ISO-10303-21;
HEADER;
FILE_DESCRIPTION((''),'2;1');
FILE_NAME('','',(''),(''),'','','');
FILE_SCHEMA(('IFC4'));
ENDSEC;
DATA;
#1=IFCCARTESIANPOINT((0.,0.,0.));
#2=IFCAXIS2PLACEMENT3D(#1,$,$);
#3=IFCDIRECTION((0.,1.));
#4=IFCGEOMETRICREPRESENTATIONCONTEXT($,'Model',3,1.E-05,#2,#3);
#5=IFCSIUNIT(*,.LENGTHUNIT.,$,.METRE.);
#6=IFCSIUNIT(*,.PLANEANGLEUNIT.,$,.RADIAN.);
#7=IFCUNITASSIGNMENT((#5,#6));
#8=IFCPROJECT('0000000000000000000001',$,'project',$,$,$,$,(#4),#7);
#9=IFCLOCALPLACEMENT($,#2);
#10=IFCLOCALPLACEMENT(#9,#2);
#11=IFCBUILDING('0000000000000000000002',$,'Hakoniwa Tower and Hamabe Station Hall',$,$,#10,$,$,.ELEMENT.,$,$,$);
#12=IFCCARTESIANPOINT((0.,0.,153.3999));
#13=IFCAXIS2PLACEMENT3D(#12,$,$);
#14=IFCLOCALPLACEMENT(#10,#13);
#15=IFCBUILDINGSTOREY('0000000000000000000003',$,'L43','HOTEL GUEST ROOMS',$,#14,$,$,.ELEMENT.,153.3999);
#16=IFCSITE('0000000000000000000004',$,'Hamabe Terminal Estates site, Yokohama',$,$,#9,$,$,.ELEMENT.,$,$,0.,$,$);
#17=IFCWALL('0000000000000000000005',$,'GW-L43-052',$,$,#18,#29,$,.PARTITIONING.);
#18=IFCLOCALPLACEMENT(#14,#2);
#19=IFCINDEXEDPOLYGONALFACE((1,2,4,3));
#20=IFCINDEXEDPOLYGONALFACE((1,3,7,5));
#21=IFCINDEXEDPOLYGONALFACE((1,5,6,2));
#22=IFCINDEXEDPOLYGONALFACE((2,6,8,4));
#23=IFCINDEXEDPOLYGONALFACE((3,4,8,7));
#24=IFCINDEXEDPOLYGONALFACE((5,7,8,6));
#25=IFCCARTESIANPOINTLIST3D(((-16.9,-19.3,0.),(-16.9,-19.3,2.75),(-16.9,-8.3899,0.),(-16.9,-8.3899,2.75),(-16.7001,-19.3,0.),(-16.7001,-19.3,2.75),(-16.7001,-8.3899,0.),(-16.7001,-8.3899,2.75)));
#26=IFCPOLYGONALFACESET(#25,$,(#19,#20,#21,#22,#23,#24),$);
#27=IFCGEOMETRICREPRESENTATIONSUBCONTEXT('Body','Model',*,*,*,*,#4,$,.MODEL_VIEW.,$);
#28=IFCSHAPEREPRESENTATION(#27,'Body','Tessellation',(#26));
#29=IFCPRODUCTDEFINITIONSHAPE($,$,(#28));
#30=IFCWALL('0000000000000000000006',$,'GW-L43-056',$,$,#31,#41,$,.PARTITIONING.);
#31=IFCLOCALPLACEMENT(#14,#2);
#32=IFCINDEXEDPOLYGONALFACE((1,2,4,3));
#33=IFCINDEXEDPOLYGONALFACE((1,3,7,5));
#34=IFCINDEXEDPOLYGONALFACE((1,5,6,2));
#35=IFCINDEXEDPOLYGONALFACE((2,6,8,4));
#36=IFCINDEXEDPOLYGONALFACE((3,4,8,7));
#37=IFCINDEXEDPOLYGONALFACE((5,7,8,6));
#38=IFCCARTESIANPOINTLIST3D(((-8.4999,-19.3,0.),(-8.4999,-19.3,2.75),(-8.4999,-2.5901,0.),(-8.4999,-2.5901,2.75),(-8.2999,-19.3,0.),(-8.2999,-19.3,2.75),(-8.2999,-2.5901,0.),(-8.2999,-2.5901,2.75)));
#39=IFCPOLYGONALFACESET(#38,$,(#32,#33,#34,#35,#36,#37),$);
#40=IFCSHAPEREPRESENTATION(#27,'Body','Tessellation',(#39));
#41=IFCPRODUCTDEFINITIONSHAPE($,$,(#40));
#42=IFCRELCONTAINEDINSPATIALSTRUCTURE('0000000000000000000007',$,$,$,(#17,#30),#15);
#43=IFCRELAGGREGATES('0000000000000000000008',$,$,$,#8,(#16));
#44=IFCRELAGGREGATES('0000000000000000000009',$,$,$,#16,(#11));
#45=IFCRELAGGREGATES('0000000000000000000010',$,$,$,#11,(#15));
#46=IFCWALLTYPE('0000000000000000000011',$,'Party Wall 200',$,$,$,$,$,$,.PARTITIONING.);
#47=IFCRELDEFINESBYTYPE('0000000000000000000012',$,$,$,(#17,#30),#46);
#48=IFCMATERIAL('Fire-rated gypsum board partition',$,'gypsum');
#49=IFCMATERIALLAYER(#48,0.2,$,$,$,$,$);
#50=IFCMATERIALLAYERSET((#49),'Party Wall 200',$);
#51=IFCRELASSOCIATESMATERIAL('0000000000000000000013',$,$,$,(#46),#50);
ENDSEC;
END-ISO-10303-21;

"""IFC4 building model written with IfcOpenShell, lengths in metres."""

from ifc_helpers import new_model, si_unit, direction, frame, frame_2d, origin, place, context, subcontext, project, spatial, rectangle, extrude, material, layer, layer_set, type_object, element, save


model = new_model("IFC4")

# Units and contexts
model_context = context("Model", 3, precision=1e-05, world=origin(), true_north=direction((0.0, 1.0)))
body_context = subcontext(model_context, "Body", "Model", "MODEL_VIEW")
ifc_project = project(units=[si_unit("LENGTHUNIT", "METRE"), si_unit("PLANEANGLEUNIT", "RADIAN")], contexts=[model_context])

# Site, building, storey
site_placement = place(None, origin())
site = spatial("IfcSite", under=ifc_project, at=site_placement, Name="Hamabe Terminal Estates site, Yokohama", CompositionType="ELEMENT", RefElevation=0.0)
building_placement = place(site_placement, origin())
building = spatial("IfcBuilding", under=site, at=building_placement, Name="Hakoniwa Tower and Hamabe Station Hall", CompositionType="ELEMENT")
storey_placement = place(building_placement, frame((0.0, 0.0, 153.3999)))
storey = spatial("IfcBuildingStorey", under=building, at=storey_placement, Name="L43", Description="HOTEL GUEST ROOMS", CompositionType="ELEMENT", Elevation=153.3999)

# Walls
ifc_material_1 = material(Name="Fire-rated gypsum board partition", Category="gypsum")
ifc_layer_1 = layer(ifc_material_1, 0.2)
ifc_layer_set_1 = layer_set([ifc_layer_1], Name="Party Wall 200")
wall_type_1 = type_object("IfcWallType", Name="Party Wall 200", PredefinedType="PARTITIONING", material=ifc_layer_set_1)
wall_1_placement = place(storey_placement, frame((-16.8, -19.3, 0.0), z_axis=(0.0, 0.0, 1.0), x_axis=(0.0, 1.0, 0.0)))
element("IfcWall", 1, at=wall_1_placement, inside=storey, type_object=wall_type_1, Name="GW-L43-052", PredefinedType="PARTITIONING", context=body_context, shape_type="SweptSolid", body=[
    extrude(rectangle(XDim=10.9102, YDim=0.2, at=frame_2d((5.4551, 0.0))), origin(), (0.0, 0.0, 1.0), 2.75),
])
wall_2_placement = place(storey_placement, frame((-8.3999, -19.3, 0.0), z_axis=(0.0, 0.0, 1.0), x_axis=(0.0, 1.0, 0.0)))
element("IfcWall", 2, at=wall_2_placement, inside=storey, type_object=wall_type_1, Name="GW-L43-056", PredefinedType="PARTITIONING", context=body_context, shape_type="SweptSolid", body=[
    extrude(rectangle(XDim=16.71, YDim=0.2, at=frame_2d((8.355, 0.0))), origin(), (0.0, 0.0, 1.0), 2.75),
])

save(model, "model.ifc")
